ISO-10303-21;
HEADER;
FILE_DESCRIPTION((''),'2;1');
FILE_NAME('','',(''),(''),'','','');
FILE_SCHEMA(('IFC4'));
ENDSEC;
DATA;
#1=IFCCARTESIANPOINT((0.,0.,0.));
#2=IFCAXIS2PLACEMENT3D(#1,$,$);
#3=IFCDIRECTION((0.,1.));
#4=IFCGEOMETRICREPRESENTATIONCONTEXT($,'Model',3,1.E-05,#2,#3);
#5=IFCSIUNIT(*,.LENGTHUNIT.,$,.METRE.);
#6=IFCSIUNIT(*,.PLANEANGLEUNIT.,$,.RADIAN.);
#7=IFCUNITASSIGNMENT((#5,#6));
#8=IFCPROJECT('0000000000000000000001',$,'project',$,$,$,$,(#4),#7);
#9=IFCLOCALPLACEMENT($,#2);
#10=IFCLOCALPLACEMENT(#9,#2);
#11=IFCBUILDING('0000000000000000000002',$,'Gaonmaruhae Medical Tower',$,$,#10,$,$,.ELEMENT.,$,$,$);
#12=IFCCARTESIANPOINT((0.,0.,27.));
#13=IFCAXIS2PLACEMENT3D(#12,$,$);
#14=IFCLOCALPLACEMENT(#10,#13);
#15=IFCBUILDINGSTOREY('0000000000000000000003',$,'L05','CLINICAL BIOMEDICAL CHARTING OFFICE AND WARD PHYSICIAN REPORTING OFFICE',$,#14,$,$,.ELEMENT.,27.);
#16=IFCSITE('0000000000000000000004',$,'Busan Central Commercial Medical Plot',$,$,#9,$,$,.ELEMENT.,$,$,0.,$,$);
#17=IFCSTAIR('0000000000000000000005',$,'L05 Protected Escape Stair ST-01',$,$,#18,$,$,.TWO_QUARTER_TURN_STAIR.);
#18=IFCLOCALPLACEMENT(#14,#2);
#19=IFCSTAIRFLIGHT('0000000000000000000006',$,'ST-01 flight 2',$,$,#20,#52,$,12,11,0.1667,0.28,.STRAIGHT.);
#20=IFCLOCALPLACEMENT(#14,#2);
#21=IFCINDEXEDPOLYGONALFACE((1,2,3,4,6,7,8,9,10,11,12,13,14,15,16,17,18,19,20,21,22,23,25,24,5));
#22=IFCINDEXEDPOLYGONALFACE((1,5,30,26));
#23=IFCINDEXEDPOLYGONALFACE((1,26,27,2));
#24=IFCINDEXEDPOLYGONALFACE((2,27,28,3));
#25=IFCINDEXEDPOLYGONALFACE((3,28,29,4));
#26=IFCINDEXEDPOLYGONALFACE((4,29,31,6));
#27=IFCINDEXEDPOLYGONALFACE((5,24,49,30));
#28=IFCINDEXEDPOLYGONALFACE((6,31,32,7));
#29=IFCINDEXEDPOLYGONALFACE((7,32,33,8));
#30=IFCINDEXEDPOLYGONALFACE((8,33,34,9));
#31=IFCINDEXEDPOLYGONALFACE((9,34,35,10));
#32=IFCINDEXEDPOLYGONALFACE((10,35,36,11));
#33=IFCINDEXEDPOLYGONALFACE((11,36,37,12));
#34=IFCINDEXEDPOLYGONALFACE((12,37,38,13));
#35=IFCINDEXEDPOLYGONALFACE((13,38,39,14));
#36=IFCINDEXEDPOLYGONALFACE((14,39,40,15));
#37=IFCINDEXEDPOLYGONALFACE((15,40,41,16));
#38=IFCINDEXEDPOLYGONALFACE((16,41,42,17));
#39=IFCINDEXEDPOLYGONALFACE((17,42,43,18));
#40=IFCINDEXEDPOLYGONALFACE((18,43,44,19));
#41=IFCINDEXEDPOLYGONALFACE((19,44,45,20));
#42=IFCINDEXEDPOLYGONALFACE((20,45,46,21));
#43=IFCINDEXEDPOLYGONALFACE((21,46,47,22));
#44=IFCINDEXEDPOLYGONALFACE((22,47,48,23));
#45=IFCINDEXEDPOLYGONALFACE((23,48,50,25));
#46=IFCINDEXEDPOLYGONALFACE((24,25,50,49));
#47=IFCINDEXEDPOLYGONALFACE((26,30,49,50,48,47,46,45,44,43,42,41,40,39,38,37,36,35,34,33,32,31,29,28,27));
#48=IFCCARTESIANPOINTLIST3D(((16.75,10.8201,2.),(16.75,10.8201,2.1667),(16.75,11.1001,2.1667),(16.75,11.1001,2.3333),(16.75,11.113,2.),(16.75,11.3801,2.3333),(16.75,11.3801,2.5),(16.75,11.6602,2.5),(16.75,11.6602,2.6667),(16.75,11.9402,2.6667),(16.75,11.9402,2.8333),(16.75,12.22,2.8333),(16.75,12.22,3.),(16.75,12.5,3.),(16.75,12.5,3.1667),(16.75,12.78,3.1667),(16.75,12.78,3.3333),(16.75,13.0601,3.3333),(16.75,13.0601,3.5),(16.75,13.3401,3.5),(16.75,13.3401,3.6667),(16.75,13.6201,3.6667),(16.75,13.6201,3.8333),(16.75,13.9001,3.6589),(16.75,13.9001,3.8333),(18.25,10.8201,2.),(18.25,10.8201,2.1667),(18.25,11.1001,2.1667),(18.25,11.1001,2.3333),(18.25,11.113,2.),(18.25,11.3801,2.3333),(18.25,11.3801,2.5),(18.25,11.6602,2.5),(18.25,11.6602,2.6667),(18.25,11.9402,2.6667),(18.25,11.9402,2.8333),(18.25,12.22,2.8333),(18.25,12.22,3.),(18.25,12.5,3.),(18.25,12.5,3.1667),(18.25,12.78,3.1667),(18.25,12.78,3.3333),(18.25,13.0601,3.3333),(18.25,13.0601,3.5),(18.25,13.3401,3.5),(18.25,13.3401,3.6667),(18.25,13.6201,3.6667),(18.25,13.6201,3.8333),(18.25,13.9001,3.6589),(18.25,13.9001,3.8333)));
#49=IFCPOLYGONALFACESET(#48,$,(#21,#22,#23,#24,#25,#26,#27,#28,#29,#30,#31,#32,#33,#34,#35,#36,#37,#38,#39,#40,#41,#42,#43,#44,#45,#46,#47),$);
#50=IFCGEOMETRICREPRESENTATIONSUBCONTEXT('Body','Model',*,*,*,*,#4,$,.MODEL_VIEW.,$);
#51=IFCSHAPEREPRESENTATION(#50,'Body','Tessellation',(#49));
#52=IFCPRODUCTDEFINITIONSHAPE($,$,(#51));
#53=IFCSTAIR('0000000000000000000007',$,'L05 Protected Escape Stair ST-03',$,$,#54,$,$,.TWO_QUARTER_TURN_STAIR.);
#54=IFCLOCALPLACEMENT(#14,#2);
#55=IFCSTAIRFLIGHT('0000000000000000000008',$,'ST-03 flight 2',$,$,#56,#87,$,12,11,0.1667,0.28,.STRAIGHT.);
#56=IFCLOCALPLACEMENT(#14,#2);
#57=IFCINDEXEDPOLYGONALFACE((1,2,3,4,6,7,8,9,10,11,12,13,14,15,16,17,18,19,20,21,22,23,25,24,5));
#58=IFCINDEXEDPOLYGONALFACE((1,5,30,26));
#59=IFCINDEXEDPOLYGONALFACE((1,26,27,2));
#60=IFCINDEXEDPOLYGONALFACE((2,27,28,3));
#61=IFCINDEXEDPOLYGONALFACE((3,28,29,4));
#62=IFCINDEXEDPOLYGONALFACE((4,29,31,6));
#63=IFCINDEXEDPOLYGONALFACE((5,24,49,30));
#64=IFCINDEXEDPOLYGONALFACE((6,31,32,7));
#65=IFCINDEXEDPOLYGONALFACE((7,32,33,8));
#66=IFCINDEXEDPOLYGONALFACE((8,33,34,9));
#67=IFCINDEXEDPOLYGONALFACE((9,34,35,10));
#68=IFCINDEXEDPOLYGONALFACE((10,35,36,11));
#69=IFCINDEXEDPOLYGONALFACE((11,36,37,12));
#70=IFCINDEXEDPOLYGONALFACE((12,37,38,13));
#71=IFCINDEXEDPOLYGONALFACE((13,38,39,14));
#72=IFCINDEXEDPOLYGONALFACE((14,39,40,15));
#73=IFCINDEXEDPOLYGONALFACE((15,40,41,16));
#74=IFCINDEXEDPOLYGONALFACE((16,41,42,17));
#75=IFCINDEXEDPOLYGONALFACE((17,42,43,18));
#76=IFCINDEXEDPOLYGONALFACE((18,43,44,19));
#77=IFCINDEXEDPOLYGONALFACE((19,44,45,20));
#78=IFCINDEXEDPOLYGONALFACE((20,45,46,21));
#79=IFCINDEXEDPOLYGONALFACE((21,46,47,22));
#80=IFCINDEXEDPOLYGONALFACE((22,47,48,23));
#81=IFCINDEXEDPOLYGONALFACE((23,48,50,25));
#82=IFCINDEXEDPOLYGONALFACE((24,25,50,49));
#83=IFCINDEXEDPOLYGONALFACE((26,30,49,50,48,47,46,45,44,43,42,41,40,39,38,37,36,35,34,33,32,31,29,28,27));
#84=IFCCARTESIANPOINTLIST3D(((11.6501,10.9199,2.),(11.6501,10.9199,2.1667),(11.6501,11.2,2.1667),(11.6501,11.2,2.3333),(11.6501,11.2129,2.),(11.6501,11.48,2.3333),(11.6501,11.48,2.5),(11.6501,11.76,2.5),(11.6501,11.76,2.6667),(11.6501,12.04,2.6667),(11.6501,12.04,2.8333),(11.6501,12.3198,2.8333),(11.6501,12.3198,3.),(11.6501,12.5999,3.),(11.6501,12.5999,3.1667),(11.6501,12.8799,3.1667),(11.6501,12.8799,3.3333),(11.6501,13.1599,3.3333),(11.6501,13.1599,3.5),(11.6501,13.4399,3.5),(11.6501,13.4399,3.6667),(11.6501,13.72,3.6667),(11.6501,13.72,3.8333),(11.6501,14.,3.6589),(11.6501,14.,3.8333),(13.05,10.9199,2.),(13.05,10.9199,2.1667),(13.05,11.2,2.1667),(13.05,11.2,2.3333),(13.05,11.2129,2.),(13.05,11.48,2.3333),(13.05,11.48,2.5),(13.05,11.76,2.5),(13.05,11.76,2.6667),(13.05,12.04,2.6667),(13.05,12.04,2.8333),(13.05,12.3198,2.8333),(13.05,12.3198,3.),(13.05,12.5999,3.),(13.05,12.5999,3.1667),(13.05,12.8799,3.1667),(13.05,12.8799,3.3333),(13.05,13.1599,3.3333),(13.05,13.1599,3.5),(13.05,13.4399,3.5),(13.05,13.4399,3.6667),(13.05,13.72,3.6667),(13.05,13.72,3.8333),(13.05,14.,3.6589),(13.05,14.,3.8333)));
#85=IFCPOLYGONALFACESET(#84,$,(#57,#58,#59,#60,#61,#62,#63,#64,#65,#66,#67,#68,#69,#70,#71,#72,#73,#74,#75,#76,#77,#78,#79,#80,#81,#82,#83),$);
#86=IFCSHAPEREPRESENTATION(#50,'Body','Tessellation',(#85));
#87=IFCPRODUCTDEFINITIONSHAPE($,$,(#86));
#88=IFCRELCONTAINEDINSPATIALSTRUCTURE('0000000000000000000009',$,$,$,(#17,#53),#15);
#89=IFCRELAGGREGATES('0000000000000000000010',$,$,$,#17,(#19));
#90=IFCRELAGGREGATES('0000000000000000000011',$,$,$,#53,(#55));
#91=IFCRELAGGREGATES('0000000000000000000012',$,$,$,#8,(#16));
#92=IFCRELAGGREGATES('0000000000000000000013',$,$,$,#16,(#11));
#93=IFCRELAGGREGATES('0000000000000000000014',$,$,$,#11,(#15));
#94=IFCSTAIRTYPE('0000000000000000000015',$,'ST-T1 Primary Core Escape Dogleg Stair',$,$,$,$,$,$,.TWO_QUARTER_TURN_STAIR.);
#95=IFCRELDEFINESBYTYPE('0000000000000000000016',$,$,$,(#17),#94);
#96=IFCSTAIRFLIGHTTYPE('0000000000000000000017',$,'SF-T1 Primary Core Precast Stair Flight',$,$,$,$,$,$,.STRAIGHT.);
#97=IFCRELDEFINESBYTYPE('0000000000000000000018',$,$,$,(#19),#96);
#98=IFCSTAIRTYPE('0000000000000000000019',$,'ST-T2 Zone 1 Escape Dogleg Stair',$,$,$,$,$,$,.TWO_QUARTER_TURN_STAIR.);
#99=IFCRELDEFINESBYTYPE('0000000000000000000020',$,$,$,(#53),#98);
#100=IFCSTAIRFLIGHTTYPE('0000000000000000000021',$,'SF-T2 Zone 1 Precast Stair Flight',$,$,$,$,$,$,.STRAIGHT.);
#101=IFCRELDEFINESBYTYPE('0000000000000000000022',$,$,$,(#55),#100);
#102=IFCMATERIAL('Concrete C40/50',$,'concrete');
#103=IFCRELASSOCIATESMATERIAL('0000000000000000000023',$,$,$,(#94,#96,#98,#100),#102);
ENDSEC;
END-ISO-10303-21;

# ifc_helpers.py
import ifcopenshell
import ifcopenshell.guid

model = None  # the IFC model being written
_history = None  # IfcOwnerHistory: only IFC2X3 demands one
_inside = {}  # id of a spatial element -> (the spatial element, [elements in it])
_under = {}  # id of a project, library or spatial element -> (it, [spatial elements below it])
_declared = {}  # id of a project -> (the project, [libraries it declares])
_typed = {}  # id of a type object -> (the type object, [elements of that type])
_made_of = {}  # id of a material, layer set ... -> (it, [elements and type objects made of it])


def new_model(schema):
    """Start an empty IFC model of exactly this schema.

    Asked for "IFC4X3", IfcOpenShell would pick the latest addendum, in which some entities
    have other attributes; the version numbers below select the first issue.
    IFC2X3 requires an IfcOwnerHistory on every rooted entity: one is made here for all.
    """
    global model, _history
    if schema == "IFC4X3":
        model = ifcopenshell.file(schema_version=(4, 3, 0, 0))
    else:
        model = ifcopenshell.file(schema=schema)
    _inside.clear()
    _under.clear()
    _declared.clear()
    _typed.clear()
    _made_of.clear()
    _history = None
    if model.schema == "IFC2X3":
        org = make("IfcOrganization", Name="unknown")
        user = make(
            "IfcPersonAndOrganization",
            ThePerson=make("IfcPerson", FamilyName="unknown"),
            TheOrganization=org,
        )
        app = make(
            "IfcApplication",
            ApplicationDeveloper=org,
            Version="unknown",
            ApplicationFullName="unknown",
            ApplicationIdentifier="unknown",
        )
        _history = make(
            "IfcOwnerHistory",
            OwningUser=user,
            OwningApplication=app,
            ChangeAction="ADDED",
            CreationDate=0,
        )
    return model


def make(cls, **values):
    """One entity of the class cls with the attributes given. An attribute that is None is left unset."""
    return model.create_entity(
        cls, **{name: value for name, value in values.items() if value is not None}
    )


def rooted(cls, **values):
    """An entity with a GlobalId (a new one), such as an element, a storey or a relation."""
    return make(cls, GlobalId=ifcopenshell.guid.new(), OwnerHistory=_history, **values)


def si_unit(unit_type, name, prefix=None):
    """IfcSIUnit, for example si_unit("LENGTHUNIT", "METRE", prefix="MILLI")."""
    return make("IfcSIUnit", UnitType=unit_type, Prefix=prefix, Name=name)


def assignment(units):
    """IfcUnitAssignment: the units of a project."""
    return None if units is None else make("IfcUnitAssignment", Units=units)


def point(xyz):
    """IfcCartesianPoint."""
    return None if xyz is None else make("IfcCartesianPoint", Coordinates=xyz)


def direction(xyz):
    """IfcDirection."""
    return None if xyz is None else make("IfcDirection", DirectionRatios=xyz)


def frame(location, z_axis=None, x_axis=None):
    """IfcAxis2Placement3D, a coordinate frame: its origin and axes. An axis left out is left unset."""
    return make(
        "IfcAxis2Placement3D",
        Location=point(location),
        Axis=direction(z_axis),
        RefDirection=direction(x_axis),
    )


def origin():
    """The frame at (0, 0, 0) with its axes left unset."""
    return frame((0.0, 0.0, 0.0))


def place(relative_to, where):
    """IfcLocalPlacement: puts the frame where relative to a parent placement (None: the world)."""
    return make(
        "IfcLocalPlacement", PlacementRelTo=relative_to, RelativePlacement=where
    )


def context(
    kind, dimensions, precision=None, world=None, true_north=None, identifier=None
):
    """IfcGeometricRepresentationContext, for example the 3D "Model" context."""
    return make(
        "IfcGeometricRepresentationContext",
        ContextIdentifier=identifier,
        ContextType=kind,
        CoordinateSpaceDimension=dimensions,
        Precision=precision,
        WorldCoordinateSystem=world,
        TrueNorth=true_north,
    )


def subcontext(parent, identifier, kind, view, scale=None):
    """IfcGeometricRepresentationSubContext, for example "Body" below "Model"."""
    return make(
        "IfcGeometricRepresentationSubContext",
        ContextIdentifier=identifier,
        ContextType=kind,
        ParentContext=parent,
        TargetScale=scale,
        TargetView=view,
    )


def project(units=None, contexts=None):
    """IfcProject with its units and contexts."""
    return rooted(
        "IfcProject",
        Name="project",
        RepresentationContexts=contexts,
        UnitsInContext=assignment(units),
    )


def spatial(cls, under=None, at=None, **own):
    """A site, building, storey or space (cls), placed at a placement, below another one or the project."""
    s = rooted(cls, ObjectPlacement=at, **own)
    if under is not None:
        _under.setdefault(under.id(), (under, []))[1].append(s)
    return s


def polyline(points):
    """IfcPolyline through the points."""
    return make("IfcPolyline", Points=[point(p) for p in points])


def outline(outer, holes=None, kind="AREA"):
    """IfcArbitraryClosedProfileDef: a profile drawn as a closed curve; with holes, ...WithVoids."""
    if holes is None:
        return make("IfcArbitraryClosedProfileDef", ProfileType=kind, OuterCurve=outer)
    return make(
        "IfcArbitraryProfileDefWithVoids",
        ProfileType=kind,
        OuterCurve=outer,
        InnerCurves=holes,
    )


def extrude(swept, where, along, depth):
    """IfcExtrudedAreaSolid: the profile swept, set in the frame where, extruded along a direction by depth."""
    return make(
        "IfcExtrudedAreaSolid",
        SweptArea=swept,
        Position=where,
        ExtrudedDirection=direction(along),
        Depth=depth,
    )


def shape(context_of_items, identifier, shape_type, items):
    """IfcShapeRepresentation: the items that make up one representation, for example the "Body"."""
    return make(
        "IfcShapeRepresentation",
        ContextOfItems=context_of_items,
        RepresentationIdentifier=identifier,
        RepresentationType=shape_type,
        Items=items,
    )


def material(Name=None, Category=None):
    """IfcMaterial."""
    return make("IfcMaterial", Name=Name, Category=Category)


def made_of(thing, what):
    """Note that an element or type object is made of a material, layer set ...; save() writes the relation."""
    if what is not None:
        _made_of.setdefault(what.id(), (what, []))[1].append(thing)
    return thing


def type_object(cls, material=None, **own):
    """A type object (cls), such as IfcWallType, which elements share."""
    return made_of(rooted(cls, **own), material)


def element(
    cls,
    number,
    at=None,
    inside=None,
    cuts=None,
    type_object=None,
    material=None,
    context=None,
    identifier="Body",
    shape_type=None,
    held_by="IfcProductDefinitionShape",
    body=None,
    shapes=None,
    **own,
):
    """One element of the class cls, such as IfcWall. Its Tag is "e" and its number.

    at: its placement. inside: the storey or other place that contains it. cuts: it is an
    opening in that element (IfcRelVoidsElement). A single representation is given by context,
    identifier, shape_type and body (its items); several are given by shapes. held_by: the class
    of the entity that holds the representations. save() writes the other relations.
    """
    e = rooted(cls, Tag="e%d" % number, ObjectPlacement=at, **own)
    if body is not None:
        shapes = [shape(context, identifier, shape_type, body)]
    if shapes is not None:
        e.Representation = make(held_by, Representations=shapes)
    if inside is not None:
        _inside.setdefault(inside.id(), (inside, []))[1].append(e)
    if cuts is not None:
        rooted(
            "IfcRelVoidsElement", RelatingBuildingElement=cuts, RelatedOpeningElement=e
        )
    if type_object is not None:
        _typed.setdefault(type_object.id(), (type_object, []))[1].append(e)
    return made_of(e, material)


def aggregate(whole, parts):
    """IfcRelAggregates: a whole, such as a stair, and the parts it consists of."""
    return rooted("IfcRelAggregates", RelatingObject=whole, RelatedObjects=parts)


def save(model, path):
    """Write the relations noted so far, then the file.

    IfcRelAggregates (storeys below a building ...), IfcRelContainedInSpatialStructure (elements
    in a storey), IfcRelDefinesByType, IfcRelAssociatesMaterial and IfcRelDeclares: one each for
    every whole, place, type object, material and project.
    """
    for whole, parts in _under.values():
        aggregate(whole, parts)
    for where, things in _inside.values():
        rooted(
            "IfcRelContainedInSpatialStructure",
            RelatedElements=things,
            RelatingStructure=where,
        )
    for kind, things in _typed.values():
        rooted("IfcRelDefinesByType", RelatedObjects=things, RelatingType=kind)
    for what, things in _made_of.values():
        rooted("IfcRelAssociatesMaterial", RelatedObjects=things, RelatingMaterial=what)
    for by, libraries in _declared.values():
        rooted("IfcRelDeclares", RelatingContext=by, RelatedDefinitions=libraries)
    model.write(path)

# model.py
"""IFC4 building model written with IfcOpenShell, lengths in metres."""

from ifc_helpers import new_model, si_unit, direction, frame, origin, place, context, subcontext, project, spatial, polyline, outline, extrude, material, type_object, element, aggregate, save


model = new_model("IFC4")

# Units and contexts
model_context = context("Model", 3, precision=1e-05, world=origin(), true_north=direction((0.0, 1.0)))
body_context = subcontext(model_context, "Body", "Model", "MODEL_VIEW")
ifc_project = project(units=[si_unit("LENGTHUNIT", "METRE"), si_unit("PLANEANGLEUNIT", "RADIAN")], contexts=[model_context])

# Site, building, storey
site_placement = place(None, origin())
site = spatial("IfcSite", under=ifc_project, at=site_placement, Name="Busan Central Commercial Medical Plot", CompositionType="ELEMENT", RefElevation=0.0)
building_placement = place(site_placement, origin())
building = spatial("IfcBuilding", under=site, at=building_placement, Name="Gaonmaruhae Medical Tower", CompositionType="ELEMENT")
storey_placement = place(building_placement, frame((0.0, 0.0, 27.0)))
storey = spatial("IfcBuildingStorey", under=building, at=storey_placement, Name="L05", Description="CLINICAL BIOMEDICAL CHARTING OFFICE AND WARD PHYSICIAN REPORTING OFFICE", CompositionType="ELEMENT", Elevation=27.0)

# Stair, stair flight
ifc_material_1 = material(Name="Concrete C40/50", Category="concrete")
stair_type_1 = type_object("IfcStairType", Name="ST-T1 Primary Core Escape Dogleg Stair", PredefinedType="TWO_QUARTER_TURN_STAIR", material=ifc_material_1)
stair_1_placement = place(storey_placement, origin())
stair_1 = element("IfcStair", 1, at=stair_1_placement, inside=storey, type_object=stair_type_1, Name="L05 Protected Escape Stair ST-01", PredefinedType="TWO_QUARTER_TURN_STAIR")
stair_flight_type_1 = type_object("IfcStairFlightType", Name="SF-T1 Primary Core Precast Stair Flight", PredefinedType="STRAIGHT", material=ifc_material_1)
stair_flight_1_placement = place(storey_placement, frame((17.5, 10.8201, 2.0), z_axis=(0.0, 0.0, 1.0), x_axis=(0.0, 1.0, 0.0)))
stair_flight_1 = element("IfcStairFlight", 2, at=stair_flight_1_placement, type_object=stair_flight_type_1, Name="ST-01 flight 2", NumberOfRisers=12, NumberOfTreads=11, PredefinedType="STRAIGHT", RiserHeight=0.1667, TreadLength=0.28, context=body_context, shape_type="SweptSolid", body=[
    extrude(outline(polyline([(0.0, 0.0), (0.0, 0.1667), (0.28, 0.1667), (0.28, 0.3333), (0.5601, 0.3333), (0.5601, 0.5), (0.8401, 0.5), (0.8401, 0.6667), (1.1201, 0.6667), (1.1201, 0.8333), (1.3999, 0.8333), (1.3999, 1.0), (1.6799, 1.0), (1.6799, 1.1667), (1.96, 1.1667), (1.96, 1.3333), (2.24, 1.3333), (2.24, 1.5), (2.52, 1.5), (2.52, 1.6667), (2.8, 1.6667), (2.8, 1.8333), (3.0801, 1.8333), (3.0801, 2.0), (3.0801, 1.6589), (0.293, 0.0), (0.0, 0.0)])), frame((0.0, 0.75, 0.0), z_axis=(0.0, -1.0, 0.0), x_axis=(1.0, 0.0, 0.0)), (0.0, 0.0, 1.0), 1.5),
])
aggregate(stair_1, [stair_flight_1])

# Stair, stair flight
stair_type_2 = type_object("IfcStairType", Name="ST-T2 Zone 1 Escape Dogleg Stair", PredefinedType="TWO_QUARTER_TURN_STAIR", material=ifc_material_1)
stair_2_placement = place(storey_placement, origin())
stair_2 = element("IfcStair", 3, at=stair_2_placement, inside=storey, type_object=stair_type_2, Name="L05 Protected Escape Stair ST-03", PredefinedType="TWO_QUARTER_TURN_STAIR")
stair_flight_type_2 = type_object("IfcStairFlightType", Name="SF-T2 Zone 1 Precast Stair Flight", PredefinedType="STRAIGHT", material=ifc_material_1)
stair_flight_2_placement = place(storey_placement, frame((12.3501, 10.9199, 2.0), z_axis=(0.0, 0.0, 1.0), x_axis=(0.0, 1.0, 0.0)))
stair_flight_2 = element("IfcStairFlight", 4, at=stair_flight_2_placement, type_object=stair_flight_type_2, Name="ST-03 flight 2", NumberOfRisers=12, NumberOfTreads=11, PredefinedType="STRAIGHT", RiserHeight=0.1667, TreadLength=0.28, context=body_context, shape_type="SweptSolid", body=[
    extrude(outline(polyline([(0.0, 0.0), (0.0, 0.1667), (0.28, 0.1667), (0.28, 0.3333), (0.5601, 0.3333), (0.5601, 0.5), (0.8401, 0.5), (0.8401, 0.6667), (1.1201, 0.6667), (1.1201, 0.8333), (1.3999, 0.8333), (1.3999, 1.0), (1.6799, 1.0), (1.6799, 1.1667), (1.96, 1.1667), (1.96, 1.3333), (2.24, 1.3333), (2.24, 1.5), (2.52, 1.5), (2.52, 1.6667), (2.8, 1.6667), (2.8, 1.8333), (3.0801, 1.8333), (3.0801, 2.0), (3.0801, 1.6589), (0.293, 0.0), (0.0, 0.0)])), frame((0.0, 0.7, 0.0), z_axis=(0.0, -1.0, 0.0), x_axis=(1.0, 0.0, 0.0)), (0.0, 0.0, 1.0), 1.3999),
])
aggregate(stair_2, [stair_flight_2])

save(model, "model.ifc")
